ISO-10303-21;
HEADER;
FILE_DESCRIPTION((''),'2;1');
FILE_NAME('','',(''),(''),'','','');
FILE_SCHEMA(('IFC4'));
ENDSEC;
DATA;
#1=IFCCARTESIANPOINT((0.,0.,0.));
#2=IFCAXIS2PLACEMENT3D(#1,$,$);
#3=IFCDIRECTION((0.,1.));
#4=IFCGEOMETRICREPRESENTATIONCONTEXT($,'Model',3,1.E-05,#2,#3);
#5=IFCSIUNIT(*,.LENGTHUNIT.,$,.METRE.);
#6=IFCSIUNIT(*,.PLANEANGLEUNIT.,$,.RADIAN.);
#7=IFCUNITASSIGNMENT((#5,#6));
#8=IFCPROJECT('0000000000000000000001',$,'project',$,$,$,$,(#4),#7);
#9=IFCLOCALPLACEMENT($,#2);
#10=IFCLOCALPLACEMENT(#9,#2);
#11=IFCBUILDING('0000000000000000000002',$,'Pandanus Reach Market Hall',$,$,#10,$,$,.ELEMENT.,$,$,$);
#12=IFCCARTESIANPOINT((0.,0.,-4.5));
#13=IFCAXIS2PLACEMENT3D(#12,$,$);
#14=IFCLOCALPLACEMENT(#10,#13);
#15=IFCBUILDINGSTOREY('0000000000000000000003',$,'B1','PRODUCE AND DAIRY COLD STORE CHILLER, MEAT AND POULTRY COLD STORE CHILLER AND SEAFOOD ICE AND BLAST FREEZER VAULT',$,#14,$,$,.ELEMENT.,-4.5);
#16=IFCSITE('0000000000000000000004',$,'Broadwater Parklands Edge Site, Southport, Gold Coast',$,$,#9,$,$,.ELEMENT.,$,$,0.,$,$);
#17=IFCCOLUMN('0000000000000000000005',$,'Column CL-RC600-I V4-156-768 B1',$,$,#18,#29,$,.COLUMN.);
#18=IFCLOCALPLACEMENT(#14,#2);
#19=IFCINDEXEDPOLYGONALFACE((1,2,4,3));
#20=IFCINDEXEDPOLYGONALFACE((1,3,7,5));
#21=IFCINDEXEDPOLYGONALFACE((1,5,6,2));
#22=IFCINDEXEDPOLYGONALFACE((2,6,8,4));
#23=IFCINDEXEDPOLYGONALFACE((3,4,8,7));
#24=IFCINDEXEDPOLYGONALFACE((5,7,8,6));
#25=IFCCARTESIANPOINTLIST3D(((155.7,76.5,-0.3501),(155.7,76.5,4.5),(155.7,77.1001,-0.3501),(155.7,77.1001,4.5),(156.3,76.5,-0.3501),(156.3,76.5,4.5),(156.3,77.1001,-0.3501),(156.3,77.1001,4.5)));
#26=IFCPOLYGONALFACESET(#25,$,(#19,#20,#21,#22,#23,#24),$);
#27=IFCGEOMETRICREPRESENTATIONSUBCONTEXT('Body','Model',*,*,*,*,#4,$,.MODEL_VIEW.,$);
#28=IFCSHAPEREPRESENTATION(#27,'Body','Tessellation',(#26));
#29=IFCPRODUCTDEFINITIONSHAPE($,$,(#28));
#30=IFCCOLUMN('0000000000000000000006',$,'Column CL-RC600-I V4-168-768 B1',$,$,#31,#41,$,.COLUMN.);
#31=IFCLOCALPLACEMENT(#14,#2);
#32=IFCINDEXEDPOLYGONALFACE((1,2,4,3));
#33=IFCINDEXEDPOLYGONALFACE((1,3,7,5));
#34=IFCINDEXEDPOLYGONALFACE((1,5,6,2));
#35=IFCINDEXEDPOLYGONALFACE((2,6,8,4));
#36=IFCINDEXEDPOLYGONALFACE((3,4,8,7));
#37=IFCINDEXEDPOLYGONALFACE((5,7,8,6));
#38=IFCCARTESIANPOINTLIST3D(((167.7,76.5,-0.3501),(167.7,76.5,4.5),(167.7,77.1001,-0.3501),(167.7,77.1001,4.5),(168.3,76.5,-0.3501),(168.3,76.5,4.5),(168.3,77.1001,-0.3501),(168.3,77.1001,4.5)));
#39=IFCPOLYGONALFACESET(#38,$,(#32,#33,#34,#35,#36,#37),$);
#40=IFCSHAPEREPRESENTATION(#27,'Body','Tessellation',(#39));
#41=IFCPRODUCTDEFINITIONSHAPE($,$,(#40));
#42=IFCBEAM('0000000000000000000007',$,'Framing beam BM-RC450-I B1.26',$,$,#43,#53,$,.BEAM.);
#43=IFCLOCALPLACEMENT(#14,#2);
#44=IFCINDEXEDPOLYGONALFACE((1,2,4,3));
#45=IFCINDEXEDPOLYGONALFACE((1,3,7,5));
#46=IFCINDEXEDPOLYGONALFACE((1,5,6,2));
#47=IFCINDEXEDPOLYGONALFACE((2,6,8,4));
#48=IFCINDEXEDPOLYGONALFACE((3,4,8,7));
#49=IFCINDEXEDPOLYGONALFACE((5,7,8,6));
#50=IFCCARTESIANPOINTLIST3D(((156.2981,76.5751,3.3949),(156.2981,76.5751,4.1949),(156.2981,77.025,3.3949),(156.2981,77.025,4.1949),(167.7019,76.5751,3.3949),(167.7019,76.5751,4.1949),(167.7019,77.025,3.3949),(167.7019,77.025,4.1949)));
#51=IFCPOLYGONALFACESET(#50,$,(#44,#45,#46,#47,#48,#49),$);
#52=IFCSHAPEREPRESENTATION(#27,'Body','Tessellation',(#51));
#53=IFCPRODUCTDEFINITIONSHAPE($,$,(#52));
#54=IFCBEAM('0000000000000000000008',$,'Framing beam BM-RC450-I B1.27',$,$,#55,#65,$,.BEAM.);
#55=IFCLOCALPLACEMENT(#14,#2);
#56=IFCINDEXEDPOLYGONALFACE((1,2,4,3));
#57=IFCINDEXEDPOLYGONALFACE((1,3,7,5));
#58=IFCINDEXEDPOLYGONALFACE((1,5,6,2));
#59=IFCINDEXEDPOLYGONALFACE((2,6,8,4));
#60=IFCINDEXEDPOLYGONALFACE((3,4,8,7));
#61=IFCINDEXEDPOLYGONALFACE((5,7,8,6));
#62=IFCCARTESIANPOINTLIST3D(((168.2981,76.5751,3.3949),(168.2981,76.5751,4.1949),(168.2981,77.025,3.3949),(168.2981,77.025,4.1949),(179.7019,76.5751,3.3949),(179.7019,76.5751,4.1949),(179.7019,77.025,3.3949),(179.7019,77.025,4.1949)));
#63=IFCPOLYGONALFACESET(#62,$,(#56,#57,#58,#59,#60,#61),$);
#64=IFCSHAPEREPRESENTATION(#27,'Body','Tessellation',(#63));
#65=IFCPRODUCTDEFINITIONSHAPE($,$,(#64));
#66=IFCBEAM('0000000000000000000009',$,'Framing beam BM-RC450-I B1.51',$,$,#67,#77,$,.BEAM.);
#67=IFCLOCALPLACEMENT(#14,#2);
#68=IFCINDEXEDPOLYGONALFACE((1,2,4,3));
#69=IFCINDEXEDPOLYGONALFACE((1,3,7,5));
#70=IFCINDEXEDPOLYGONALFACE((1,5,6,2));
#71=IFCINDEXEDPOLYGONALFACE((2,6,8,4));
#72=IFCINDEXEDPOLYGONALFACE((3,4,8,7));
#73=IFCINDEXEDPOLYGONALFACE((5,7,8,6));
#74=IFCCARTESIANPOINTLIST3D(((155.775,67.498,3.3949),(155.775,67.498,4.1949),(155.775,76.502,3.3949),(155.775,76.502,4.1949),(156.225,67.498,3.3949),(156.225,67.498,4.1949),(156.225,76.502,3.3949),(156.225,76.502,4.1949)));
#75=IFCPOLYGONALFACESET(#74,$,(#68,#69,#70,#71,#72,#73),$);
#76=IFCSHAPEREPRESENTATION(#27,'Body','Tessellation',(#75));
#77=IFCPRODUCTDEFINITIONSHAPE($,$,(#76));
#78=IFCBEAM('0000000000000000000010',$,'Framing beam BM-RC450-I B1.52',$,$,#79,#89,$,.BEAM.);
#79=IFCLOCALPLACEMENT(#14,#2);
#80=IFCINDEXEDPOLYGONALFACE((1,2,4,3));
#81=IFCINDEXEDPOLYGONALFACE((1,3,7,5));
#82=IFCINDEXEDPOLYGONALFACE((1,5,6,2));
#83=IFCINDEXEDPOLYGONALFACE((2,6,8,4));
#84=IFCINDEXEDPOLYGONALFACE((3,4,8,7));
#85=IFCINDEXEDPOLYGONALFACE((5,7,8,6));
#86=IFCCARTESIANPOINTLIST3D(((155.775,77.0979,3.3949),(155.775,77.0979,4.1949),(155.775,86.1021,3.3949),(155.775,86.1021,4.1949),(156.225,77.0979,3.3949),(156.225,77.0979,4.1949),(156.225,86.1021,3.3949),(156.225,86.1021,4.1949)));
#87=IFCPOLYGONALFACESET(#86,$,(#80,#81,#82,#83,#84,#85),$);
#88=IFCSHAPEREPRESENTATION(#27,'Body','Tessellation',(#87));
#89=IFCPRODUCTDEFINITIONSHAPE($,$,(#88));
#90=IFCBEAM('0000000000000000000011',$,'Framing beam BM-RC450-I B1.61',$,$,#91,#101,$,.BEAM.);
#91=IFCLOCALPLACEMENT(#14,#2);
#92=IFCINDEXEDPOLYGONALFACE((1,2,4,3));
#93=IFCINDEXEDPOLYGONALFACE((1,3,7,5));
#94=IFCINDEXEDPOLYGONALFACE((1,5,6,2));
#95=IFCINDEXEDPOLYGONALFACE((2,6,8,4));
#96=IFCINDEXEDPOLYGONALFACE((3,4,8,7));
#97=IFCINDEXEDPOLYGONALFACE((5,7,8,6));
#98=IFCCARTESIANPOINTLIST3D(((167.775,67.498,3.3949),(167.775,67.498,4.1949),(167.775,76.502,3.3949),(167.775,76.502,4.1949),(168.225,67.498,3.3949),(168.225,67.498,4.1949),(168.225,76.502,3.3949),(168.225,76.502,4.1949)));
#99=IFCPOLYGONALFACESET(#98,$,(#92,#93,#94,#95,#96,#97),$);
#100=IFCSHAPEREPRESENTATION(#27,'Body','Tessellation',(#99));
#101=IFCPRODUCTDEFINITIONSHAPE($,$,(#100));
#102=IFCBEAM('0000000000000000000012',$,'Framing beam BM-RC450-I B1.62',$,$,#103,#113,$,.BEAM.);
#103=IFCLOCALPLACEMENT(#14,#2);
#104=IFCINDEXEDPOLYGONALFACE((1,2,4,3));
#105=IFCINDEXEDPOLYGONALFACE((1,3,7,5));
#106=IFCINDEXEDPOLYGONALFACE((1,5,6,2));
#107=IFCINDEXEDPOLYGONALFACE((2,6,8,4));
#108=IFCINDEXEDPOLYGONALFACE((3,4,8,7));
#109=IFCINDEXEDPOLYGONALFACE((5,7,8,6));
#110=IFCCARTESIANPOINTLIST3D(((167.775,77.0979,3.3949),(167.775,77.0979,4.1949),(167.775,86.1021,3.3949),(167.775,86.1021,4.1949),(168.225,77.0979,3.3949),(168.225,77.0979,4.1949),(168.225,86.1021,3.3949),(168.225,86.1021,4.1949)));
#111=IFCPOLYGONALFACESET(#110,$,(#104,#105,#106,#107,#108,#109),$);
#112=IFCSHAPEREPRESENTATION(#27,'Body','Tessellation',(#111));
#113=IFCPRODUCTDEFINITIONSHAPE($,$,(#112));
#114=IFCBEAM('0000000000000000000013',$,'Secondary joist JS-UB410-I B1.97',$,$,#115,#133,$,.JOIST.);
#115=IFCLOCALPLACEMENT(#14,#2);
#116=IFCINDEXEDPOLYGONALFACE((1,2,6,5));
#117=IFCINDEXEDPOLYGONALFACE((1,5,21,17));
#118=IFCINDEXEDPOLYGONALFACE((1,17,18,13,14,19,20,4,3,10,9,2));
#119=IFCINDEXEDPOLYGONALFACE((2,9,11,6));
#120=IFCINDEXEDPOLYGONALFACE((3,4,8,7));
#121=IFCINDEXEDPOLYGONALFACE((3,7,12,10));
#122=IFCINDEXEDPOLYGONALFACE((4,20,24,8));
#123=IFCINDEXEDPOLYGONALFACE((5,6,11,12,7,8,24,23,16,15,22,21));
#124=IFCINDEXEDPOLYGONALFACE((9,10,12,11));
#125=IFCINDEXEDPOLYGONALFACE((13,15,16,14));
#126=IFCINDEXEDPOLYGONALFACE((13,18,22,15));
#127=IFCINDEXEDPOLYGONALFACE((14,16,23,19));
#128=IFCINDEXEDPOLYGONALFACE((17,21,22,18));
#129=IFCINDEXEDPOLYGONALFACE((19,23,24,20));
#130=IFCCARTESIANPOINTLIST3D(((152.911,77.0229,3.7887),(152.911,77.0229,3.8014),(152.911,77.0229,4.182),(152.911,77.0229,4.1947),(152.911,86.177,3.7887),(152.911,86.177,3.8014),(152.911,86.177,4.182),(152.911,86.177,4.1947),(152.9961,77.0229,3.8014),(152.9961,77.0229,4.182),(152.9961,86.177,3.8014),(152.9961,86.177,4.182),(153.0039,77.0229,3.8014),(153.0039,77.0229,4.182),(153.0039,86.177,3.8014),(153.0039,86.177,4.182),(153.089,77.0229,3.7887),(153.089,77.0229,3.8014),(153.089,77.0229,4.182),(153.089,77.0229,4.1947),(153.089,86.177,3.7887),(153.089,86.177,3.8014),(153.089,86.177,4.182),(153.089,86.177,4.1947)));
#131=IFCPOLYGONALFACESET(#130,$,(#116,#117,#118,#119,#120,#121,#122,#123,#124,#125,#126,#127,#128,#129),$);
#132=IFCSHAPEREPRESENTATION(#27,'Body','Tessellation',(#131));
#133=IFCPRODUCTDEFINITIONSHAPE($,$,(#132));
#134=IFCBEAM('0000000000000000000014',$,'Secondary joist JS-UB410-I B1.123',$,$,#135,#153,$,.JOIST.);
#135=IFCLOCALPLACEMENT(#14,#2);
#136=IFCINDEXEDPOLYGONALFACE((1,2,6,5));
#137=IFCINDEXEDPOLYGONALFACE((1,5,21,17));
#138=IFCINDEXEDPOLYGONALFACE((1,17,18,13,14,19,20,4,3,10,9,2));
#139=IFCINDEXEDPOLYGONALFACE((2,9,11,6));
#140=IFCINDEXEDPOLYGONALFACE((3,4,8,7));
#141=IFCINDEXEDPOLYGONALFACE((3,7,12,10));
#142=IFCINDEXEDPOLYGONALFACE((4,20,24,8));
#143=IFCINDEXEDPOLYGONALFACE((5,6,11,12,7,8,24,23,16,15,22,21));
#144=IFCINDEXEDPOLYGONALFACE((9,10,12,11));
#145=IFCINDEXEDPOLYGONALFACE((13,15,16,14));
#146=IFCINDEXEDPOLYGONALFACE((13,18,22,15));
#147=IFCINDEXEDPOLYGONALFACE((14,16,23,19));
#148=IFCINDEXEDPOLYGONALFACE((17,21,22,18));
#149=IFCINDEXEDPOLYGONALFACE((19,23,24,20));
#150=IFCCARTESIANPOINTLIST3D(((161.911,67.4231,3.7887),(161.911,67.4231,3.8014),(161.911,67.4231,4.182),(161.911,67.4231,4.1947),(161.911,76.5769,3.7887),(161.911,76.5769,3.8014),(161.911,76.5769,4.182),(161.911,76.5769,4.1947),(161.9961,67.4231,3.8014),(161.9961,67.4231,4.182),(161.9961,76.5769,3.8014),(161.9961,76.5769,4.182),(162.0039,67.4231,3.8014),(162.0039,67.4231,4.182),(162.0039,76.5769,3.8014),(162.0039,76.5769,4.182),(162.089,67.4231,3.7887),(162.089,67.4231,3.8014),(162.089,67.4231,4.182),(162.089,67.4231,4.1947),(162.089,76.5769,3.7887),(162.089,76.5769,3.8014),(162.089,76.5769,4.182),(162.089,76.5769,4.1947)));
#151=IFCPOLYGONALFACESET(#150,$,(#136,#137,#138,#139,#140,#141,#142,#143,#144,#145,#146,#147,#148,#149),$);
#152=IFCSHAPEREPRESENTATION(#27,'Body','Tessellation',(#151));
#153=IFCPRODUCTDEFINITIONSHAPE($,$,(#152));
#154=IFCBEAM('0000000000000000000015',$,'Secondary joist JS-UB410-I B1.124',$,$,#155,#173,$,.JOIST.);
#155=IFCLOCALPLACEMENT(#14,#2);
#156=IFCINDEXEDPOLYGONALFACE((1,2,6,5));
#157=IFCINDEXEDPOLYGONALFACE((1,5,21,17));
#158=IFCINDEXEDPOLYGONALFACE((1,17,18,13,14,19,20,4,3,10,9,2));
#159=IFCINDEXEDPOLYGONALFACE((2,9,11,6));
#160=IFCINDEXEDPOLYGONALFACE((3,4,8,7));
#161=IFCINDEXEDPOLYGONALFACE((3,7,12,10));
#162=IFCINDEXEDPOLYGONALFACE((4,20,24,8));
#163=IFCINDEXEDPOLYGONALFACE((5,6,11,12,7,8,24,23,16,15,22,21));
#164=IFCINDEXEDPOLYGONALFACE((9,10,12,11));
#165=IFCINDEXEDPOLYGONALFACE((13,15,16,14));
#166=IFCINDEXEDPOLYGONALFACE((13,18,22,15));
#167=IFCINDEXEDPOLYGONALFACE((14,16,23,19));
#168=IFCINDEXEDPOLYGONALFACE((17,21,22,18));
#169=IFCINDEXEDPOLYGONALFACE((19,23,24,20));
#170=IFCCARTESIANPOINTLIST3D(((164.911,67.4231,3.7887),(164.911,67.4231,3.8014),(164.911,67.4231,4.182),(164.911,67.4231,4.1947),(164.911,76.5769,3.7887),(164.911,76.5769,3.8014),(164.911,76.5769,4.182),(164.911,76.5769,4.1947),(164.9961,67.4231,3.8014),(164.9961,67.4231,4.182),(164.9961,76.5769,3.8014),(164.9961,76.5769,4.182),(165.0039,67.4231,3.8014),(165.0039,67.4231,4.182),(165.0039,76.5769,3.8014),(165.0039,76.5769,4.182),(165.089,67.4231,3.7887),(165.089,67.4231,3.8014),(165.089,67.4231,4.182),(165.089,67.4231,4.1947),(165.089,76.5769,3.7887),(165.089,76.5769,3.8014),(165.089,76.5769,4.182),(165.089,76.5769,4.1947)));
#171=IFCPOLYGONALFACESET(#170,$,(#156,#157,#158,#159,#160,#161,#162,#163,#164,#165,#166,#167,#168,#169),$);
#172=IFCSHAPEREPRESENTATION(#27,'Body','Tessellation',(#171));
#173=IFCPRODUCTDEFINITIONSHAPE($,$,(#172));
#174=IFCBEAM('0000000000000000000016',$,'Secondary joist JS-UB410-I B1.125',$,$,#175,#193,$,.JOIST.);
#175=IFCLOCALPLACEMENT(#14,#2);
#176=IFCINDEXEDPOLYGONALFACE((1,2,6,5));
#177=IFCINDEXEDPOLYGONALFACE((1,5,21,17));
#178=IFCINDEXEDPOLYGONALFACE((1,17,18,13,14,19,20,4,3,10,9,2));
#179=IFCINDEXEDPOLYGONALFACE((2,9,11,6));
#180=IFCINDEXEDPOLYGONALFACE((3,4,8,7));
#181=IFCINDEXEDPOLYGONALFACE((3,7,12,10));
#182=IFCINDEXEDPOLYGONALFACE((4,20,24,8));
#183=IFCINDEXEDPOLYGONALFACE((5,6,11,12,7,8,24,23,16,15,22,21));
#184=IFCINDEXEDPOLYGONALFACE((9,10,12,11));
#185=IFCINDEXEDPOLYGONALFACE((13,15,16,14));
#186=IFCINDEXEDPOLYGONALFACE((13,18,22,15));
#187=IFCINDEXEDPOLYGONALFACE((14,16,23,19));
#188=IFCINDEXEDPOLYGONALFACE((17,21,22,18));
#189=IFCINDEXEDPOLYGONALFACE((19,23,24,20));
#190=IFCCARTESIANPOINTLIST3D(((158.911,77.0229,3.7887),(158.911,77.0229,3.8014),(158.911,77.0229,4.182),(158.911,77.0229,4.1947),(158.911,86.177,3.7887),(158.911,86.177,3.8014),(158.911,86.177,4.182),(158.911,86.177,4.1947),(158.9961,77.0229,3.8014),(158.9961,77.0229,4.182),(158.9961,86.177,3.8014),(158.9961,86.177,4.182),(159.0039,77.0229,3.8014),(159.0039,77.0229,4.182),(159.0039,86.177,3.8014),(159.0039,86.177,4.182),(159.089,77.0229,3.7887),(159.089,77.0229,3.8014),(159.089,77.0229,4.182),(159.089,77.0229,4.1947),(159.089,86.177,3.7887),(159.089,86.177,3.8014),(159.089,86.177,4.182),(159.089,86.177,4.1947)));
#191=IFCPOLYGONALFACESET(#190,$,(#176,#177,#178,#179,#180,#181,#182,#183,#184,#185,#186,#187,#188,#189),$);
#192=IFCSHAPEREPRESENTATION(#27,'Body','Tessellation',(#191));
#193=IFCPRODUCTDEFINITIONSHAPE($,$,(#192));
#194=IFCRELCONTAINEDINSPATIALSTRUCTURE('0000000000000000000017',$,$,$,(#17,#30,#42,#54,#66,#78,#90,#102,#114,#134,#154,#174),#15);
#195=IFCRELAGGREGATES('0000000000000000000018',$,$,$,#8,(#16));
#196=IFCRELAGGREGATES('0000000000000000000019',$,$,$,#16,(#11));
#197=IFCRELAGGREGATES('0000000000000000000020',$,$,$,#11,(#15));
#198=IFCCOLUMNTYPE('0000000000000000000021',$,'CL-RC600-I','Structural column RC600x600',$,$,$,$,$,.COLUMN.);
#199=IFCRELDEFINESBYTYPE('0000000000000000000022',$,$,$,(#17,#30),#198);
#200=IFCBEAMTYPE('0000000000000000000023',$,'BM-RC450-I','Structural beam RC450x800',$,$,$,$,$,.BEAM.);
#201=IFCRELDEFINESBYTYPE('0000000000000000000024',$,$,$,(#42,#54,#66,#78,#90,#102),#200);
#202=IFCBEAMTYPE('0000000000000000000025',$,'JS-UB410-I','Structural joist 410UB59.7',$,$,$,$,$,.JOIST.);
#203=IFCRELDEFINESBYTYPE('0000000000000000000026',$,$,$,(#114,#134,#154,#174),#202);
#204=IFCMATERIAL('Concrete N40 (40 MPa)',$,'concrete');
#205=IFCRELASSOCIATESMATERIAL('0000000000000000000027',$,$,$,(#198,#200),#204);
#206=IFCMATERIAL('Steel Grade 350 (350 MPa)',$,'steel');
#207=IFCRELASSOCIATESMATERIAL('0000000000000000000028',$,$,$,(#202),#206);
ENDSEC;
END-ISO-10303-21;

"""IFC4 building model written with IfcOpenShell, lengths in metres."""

from ifc_helpers import new_model, si_unit, direction, frame, origin, origin_2d, place, context, subcontext, project, spatial, rectangle, i_section, extrude, material, material_profile, profile_set, type_object, element, save


model = new_model("IFC4")

# Units and contexts
model_context = context("Model", 3, precision=1e-05, world=origin(), true_north=direction((0.0, 1.0)))
body_context = subcontext(model_context, "Body", "Model", "MODEL_VIEW")
ifc_project = project(units=[si_unit("LENGTHUNIT", "METRE"), si_unit("PLANEANGLEUNIT", "RADIAN")], contexts=[model_context])

# Site, building, storey
site_placement = place(None, origin())
site = spatial("IfcSite", under=ifc_project, at=site_placement, Name="Broadwater Parklands Edge Site, Southport, Gold Coast", CompositionType="ELEMENT", RefElevation=0.0)
building_placement = place(site_placement, origin())
building = spatial("IfcBuilding", under=site, at=building_placement, Name="Pandanus Reach Market Hall", CompositionType="ELEMENT")
storey_placement = place(building_placement, frame((0.0, 0.0, -4.5)))
storey = spatial("IfcBuildingStorey", under=building, at=storey_placement, Name="B1", Description="PRODUCE AND DAIRY COLD STORE CHILLER, MEAT AND POULTRY COLD STORE CHILLER AND SEAFOOD ICE AND BLAST FREEZER VAULT", CompositionType="ELEMENT", Elevation=-4.5)

# Shared definitions
ifc_material_1 = material(Name="Concrete N40 (40 MPa)", Category="concrete")

# Columns
ifc_material_profile_1 = material_profile(ifc_material_1, rectangle(XDim=0.6001, YDim=0.6001, at=origin_2d()), Name="RC600x600", Category="LoadBearing")
ifc_profile_set_1 = profile_set([ifc_material_profile_1], Name="Concrete N40 (40 MPa)")
column_type = type_object("IfcColumnType", Name="CL-RC600-I", Description="Structural column RC600x600", PredefinedType="COLUMN", material=ifc_profile_set_1)
for number, where, z_axis, x_axis, name in (
    (1, (156.0, 76.8, -0.3501), (0.0, 0.0, 1.0), (1.0, 0.0, 0.0), "Column CL-RC600-I V4-156-768 B1"),
    (2, (168.0, 76.8, -0.3501), (0.0, 0.0, 1.0), (1.0, 0.0, 0.0), "Column CL-RC600-I V4-168-768 B1"),
):
    element("IfcColumn", number, at=place(storey_placement, frame(where, z_axis=z_axis, x_axis=x_axis)), inside=storey, type_object=column_type, Name=name, PredefinedType="COLUMN", context=body_context, shape_type="SweptSolid", body=[
        extrude(rectangle(XDim=0.6001, YDim=0.6001, at=origin_2d()), origin(), (0.0, 0.0, 1.0), 4.8501),
    ])

# Beams
ifc_material_profile_2 = material_profile(ifc_material_1, rectangle(XDim=0.45, YDim=0.8, at=origin_2d()), Name="RC450x800", Category="LoadBearing")
ifc_profile_set_2 = profile_set([ifc_material_profile_2], Name="Concrete N40 (40 MPa)")
beam_type_1 = type_object("IfcBeamType", Name="BM-RC450-I", Description="Structural beam RC450x800", PredefinedType="BEAM", material=ifc_profile_set_2)
for number, where, z_axis, x_axis, name in (
    (3, (156.2981, 76.8, 3.7949), (1.0, 0.0, 0.0), (0.0, 1.0, 0.0), "Framing beam BM-RC450-I B1.26"),
    (4, (168.2981, 76.8, 3.7949), (1.0, 0.0, 0.0), (0.0, 1.0, 0.0), "Framing beam BM-RC450-I B1.27"),
):
    element("IfcBeam", number, at=place(storey_placement, frame(where, z_axis=z_axis, x_axis=x_axis)), inside=storey, type_object=beam_type_1, Name=name, PredefinedType="BEAM", context=body_context, shape_type="SweptSolid", body=[
        extrude(rectangle(XDim=0.45, YDim=0.8, at=origin_2d()), origin(), (0.0, 0.0, 1.0), 11.4038),
    ])
beam_1_placement = place(storey_placement, frame((156.0, 67.498, 3.7949), z_axis=(0.0, 1.0, 0.0), x_axis=(-1.0, 0.0, 0.0)))
element("IfcBeam", 5, at=beam_1_placement, inside=storey, type_object=beam_type_1, Name="Framing beam BM-RC450-I B1.51", PredefinedType="BEAM", context=body_context, shape_type="SweptSolid", body=[
    extrude(rectangle(XDim=0.45, YDim=0.8, at=origin_2d()), origin(), (0.0, 0.0, 1.0), 9.0039),
])
beam_2_placement = place(storey_placement, frame((156.0, 77.0979, 3.7949), z_axis=(0.0, 1.0, 0.0), x_axis=(-1.0, 0.0, 0.0)))
element("IfcBeam", 6, at=beam_2_placement, inside=storey, type_object=beam_type_1, Name="Framing beam BM-RC450-I B1.52", PredefinedType="BEAM", context=body_context, shape_type="SweptSolid", body=[
    extrude(rectangle(XDim=0.45, YDim=0.8, at=origin_2d()), origin(), (0.0, 0.0, 1.0), 9.0042),
])
beam_3_placement = place(storey_placement, frame((168.0, 67.498, 3.7949), z_axis=(0.0, 1.0, 0.0), x_axis=(-1.0, 0.0, 0.0)))
element("IfcBeam", 7, at=beam_3_placement, inside=storey, type_object=beam_type_1, Name="Framing beam BM-RC450-I B1.61", PredefinedType="BEAM", context=body_context, shape_type="SweptSolid", body=[
    extrude(rectangle(XDim=0.45, YDim=0.8, at=origin_2d()), origin(), (0.0, 0.0, 1.0), 9.0039),
])
beam_4_placement = place(storey_placement, frame((168.0, 77.0979, 3.7949), z_axis=(0.0, 1.0, 0.0), x_axis=(-1.0, 0.0, 0.0)))
element("IfcBeam", 8, at=beam_4_placement, inside=storey, type_object=beam_type_1, Name="Framing beam BM-RC450-I B1.62", PredefinedType="BEAM", context=body_context, shape_type="SweptSolid", body=[
    extrude(rectangle(XDim=0.45, YDim=0.8, at=origin_2d()), origin(), (0.0, 0.0, 1.0), 9.0042),
])
ifc_material_2 = material(Name="Steel Grade 350 (350 MPa)", Category="steel")
ifc_material_profile_3 = material_profile(ifc_material_2, i_section(OverallWidth=0.178, OverallDepth=0.406, WebThickness=0.0078, FlangeThickness=0.0127, at=origin_2d()), Name="410UB59.7", Category="LoadBearing")
ifc_profile_set_3 = profile_set([ifc_material_profile_3], Name="Steel Grade 350 (350 MPa)")
beam_type_2 = type_object("IfcBeamType", Name="JS-UB410-I", Description="Structural joist 410UB59.7", PredefinedType="JOIST", material=ifc_profile_set_3)
beam_5_placement = place(storey_placement, frame((153.0, 77.0229, 3.9917), z_axis=(0.0, 1.0, 0.0), x_axis=(-1.0, 0.0, 0.0)))
element("IfcBeam", 9, at=beam_5_placement, inside=storey, type_object=beam_type_2, Name="Secondary joist JS-UB410-I B1.97", PredefinedType="JOIST", context=body_context, shape_type="SweptSolid", body=[
    extrude(i_section(OverallWidth=0.178, OverallDepth=0.406, WebThickness=0.0078, FlangeThickness=0.0127, at=origin_2d()), origin(), (0.0, 0.0, 1.0), 9.1541),
])
for number, where, z_axis, x_axis, name in (
    (10, (162.0, 67.4231, 3.9917), (0.0, 1.0, 0.0), (-1.0, 0.0, 0.0), "Secondary joist JS-UB410-I B1.123"),
    (11, (165.0, 67.4231, 3.9917), (0.0, 1.0, 0.0), (-1.0, 0.0, 0.0), "Secondary joist JS-UB410-I B1.124"),
):
    element("IfcBeam", number, at=place(storey_placement, frame(where, z_axis=z_axis, x_axis=x_axis)), inside=storey, type_object=beam_type_2, Name=name, PredefinedType="JOIST", context=body_context, shape_type="SweptSolid", body=[
        extrude(i_section(OverallWidth=0.178, OverallDepth=0.406, WebThickness=0.0078, FlangeThickness=0.0127, at=origin_2d()), origin(), (0.0, 0.0, 1.0), 9.1538),
    ])
for number, where, z_axis, x_axis, name in (
    (12, (159.0, 77.0229, 3.9917), (0.0, 1.0, 0.0), (-1.0, 0.0, 0.0), "Secondary joist JS-UB410-I B1.125"),
):
    element("IfcBeam", number, at=place(storey_placement, frame(where, z_axis=z_axis, x_axis=x_axis)), inside=storey, type_object=beam_type_2, Name=name, PredefinedType="JOIST", context=body_context, shape_type="SweptSolid", body=[
        extrude(i_section(OverallWidth=0.178, OverallDepth=0.406, WebThickness=0.0078, FlangeThickness=0.0127, at=origin_2d()), origin(), (0.0, 0.0, 1.0), 9.1541),
    ])

save(model, "model.ifc")
